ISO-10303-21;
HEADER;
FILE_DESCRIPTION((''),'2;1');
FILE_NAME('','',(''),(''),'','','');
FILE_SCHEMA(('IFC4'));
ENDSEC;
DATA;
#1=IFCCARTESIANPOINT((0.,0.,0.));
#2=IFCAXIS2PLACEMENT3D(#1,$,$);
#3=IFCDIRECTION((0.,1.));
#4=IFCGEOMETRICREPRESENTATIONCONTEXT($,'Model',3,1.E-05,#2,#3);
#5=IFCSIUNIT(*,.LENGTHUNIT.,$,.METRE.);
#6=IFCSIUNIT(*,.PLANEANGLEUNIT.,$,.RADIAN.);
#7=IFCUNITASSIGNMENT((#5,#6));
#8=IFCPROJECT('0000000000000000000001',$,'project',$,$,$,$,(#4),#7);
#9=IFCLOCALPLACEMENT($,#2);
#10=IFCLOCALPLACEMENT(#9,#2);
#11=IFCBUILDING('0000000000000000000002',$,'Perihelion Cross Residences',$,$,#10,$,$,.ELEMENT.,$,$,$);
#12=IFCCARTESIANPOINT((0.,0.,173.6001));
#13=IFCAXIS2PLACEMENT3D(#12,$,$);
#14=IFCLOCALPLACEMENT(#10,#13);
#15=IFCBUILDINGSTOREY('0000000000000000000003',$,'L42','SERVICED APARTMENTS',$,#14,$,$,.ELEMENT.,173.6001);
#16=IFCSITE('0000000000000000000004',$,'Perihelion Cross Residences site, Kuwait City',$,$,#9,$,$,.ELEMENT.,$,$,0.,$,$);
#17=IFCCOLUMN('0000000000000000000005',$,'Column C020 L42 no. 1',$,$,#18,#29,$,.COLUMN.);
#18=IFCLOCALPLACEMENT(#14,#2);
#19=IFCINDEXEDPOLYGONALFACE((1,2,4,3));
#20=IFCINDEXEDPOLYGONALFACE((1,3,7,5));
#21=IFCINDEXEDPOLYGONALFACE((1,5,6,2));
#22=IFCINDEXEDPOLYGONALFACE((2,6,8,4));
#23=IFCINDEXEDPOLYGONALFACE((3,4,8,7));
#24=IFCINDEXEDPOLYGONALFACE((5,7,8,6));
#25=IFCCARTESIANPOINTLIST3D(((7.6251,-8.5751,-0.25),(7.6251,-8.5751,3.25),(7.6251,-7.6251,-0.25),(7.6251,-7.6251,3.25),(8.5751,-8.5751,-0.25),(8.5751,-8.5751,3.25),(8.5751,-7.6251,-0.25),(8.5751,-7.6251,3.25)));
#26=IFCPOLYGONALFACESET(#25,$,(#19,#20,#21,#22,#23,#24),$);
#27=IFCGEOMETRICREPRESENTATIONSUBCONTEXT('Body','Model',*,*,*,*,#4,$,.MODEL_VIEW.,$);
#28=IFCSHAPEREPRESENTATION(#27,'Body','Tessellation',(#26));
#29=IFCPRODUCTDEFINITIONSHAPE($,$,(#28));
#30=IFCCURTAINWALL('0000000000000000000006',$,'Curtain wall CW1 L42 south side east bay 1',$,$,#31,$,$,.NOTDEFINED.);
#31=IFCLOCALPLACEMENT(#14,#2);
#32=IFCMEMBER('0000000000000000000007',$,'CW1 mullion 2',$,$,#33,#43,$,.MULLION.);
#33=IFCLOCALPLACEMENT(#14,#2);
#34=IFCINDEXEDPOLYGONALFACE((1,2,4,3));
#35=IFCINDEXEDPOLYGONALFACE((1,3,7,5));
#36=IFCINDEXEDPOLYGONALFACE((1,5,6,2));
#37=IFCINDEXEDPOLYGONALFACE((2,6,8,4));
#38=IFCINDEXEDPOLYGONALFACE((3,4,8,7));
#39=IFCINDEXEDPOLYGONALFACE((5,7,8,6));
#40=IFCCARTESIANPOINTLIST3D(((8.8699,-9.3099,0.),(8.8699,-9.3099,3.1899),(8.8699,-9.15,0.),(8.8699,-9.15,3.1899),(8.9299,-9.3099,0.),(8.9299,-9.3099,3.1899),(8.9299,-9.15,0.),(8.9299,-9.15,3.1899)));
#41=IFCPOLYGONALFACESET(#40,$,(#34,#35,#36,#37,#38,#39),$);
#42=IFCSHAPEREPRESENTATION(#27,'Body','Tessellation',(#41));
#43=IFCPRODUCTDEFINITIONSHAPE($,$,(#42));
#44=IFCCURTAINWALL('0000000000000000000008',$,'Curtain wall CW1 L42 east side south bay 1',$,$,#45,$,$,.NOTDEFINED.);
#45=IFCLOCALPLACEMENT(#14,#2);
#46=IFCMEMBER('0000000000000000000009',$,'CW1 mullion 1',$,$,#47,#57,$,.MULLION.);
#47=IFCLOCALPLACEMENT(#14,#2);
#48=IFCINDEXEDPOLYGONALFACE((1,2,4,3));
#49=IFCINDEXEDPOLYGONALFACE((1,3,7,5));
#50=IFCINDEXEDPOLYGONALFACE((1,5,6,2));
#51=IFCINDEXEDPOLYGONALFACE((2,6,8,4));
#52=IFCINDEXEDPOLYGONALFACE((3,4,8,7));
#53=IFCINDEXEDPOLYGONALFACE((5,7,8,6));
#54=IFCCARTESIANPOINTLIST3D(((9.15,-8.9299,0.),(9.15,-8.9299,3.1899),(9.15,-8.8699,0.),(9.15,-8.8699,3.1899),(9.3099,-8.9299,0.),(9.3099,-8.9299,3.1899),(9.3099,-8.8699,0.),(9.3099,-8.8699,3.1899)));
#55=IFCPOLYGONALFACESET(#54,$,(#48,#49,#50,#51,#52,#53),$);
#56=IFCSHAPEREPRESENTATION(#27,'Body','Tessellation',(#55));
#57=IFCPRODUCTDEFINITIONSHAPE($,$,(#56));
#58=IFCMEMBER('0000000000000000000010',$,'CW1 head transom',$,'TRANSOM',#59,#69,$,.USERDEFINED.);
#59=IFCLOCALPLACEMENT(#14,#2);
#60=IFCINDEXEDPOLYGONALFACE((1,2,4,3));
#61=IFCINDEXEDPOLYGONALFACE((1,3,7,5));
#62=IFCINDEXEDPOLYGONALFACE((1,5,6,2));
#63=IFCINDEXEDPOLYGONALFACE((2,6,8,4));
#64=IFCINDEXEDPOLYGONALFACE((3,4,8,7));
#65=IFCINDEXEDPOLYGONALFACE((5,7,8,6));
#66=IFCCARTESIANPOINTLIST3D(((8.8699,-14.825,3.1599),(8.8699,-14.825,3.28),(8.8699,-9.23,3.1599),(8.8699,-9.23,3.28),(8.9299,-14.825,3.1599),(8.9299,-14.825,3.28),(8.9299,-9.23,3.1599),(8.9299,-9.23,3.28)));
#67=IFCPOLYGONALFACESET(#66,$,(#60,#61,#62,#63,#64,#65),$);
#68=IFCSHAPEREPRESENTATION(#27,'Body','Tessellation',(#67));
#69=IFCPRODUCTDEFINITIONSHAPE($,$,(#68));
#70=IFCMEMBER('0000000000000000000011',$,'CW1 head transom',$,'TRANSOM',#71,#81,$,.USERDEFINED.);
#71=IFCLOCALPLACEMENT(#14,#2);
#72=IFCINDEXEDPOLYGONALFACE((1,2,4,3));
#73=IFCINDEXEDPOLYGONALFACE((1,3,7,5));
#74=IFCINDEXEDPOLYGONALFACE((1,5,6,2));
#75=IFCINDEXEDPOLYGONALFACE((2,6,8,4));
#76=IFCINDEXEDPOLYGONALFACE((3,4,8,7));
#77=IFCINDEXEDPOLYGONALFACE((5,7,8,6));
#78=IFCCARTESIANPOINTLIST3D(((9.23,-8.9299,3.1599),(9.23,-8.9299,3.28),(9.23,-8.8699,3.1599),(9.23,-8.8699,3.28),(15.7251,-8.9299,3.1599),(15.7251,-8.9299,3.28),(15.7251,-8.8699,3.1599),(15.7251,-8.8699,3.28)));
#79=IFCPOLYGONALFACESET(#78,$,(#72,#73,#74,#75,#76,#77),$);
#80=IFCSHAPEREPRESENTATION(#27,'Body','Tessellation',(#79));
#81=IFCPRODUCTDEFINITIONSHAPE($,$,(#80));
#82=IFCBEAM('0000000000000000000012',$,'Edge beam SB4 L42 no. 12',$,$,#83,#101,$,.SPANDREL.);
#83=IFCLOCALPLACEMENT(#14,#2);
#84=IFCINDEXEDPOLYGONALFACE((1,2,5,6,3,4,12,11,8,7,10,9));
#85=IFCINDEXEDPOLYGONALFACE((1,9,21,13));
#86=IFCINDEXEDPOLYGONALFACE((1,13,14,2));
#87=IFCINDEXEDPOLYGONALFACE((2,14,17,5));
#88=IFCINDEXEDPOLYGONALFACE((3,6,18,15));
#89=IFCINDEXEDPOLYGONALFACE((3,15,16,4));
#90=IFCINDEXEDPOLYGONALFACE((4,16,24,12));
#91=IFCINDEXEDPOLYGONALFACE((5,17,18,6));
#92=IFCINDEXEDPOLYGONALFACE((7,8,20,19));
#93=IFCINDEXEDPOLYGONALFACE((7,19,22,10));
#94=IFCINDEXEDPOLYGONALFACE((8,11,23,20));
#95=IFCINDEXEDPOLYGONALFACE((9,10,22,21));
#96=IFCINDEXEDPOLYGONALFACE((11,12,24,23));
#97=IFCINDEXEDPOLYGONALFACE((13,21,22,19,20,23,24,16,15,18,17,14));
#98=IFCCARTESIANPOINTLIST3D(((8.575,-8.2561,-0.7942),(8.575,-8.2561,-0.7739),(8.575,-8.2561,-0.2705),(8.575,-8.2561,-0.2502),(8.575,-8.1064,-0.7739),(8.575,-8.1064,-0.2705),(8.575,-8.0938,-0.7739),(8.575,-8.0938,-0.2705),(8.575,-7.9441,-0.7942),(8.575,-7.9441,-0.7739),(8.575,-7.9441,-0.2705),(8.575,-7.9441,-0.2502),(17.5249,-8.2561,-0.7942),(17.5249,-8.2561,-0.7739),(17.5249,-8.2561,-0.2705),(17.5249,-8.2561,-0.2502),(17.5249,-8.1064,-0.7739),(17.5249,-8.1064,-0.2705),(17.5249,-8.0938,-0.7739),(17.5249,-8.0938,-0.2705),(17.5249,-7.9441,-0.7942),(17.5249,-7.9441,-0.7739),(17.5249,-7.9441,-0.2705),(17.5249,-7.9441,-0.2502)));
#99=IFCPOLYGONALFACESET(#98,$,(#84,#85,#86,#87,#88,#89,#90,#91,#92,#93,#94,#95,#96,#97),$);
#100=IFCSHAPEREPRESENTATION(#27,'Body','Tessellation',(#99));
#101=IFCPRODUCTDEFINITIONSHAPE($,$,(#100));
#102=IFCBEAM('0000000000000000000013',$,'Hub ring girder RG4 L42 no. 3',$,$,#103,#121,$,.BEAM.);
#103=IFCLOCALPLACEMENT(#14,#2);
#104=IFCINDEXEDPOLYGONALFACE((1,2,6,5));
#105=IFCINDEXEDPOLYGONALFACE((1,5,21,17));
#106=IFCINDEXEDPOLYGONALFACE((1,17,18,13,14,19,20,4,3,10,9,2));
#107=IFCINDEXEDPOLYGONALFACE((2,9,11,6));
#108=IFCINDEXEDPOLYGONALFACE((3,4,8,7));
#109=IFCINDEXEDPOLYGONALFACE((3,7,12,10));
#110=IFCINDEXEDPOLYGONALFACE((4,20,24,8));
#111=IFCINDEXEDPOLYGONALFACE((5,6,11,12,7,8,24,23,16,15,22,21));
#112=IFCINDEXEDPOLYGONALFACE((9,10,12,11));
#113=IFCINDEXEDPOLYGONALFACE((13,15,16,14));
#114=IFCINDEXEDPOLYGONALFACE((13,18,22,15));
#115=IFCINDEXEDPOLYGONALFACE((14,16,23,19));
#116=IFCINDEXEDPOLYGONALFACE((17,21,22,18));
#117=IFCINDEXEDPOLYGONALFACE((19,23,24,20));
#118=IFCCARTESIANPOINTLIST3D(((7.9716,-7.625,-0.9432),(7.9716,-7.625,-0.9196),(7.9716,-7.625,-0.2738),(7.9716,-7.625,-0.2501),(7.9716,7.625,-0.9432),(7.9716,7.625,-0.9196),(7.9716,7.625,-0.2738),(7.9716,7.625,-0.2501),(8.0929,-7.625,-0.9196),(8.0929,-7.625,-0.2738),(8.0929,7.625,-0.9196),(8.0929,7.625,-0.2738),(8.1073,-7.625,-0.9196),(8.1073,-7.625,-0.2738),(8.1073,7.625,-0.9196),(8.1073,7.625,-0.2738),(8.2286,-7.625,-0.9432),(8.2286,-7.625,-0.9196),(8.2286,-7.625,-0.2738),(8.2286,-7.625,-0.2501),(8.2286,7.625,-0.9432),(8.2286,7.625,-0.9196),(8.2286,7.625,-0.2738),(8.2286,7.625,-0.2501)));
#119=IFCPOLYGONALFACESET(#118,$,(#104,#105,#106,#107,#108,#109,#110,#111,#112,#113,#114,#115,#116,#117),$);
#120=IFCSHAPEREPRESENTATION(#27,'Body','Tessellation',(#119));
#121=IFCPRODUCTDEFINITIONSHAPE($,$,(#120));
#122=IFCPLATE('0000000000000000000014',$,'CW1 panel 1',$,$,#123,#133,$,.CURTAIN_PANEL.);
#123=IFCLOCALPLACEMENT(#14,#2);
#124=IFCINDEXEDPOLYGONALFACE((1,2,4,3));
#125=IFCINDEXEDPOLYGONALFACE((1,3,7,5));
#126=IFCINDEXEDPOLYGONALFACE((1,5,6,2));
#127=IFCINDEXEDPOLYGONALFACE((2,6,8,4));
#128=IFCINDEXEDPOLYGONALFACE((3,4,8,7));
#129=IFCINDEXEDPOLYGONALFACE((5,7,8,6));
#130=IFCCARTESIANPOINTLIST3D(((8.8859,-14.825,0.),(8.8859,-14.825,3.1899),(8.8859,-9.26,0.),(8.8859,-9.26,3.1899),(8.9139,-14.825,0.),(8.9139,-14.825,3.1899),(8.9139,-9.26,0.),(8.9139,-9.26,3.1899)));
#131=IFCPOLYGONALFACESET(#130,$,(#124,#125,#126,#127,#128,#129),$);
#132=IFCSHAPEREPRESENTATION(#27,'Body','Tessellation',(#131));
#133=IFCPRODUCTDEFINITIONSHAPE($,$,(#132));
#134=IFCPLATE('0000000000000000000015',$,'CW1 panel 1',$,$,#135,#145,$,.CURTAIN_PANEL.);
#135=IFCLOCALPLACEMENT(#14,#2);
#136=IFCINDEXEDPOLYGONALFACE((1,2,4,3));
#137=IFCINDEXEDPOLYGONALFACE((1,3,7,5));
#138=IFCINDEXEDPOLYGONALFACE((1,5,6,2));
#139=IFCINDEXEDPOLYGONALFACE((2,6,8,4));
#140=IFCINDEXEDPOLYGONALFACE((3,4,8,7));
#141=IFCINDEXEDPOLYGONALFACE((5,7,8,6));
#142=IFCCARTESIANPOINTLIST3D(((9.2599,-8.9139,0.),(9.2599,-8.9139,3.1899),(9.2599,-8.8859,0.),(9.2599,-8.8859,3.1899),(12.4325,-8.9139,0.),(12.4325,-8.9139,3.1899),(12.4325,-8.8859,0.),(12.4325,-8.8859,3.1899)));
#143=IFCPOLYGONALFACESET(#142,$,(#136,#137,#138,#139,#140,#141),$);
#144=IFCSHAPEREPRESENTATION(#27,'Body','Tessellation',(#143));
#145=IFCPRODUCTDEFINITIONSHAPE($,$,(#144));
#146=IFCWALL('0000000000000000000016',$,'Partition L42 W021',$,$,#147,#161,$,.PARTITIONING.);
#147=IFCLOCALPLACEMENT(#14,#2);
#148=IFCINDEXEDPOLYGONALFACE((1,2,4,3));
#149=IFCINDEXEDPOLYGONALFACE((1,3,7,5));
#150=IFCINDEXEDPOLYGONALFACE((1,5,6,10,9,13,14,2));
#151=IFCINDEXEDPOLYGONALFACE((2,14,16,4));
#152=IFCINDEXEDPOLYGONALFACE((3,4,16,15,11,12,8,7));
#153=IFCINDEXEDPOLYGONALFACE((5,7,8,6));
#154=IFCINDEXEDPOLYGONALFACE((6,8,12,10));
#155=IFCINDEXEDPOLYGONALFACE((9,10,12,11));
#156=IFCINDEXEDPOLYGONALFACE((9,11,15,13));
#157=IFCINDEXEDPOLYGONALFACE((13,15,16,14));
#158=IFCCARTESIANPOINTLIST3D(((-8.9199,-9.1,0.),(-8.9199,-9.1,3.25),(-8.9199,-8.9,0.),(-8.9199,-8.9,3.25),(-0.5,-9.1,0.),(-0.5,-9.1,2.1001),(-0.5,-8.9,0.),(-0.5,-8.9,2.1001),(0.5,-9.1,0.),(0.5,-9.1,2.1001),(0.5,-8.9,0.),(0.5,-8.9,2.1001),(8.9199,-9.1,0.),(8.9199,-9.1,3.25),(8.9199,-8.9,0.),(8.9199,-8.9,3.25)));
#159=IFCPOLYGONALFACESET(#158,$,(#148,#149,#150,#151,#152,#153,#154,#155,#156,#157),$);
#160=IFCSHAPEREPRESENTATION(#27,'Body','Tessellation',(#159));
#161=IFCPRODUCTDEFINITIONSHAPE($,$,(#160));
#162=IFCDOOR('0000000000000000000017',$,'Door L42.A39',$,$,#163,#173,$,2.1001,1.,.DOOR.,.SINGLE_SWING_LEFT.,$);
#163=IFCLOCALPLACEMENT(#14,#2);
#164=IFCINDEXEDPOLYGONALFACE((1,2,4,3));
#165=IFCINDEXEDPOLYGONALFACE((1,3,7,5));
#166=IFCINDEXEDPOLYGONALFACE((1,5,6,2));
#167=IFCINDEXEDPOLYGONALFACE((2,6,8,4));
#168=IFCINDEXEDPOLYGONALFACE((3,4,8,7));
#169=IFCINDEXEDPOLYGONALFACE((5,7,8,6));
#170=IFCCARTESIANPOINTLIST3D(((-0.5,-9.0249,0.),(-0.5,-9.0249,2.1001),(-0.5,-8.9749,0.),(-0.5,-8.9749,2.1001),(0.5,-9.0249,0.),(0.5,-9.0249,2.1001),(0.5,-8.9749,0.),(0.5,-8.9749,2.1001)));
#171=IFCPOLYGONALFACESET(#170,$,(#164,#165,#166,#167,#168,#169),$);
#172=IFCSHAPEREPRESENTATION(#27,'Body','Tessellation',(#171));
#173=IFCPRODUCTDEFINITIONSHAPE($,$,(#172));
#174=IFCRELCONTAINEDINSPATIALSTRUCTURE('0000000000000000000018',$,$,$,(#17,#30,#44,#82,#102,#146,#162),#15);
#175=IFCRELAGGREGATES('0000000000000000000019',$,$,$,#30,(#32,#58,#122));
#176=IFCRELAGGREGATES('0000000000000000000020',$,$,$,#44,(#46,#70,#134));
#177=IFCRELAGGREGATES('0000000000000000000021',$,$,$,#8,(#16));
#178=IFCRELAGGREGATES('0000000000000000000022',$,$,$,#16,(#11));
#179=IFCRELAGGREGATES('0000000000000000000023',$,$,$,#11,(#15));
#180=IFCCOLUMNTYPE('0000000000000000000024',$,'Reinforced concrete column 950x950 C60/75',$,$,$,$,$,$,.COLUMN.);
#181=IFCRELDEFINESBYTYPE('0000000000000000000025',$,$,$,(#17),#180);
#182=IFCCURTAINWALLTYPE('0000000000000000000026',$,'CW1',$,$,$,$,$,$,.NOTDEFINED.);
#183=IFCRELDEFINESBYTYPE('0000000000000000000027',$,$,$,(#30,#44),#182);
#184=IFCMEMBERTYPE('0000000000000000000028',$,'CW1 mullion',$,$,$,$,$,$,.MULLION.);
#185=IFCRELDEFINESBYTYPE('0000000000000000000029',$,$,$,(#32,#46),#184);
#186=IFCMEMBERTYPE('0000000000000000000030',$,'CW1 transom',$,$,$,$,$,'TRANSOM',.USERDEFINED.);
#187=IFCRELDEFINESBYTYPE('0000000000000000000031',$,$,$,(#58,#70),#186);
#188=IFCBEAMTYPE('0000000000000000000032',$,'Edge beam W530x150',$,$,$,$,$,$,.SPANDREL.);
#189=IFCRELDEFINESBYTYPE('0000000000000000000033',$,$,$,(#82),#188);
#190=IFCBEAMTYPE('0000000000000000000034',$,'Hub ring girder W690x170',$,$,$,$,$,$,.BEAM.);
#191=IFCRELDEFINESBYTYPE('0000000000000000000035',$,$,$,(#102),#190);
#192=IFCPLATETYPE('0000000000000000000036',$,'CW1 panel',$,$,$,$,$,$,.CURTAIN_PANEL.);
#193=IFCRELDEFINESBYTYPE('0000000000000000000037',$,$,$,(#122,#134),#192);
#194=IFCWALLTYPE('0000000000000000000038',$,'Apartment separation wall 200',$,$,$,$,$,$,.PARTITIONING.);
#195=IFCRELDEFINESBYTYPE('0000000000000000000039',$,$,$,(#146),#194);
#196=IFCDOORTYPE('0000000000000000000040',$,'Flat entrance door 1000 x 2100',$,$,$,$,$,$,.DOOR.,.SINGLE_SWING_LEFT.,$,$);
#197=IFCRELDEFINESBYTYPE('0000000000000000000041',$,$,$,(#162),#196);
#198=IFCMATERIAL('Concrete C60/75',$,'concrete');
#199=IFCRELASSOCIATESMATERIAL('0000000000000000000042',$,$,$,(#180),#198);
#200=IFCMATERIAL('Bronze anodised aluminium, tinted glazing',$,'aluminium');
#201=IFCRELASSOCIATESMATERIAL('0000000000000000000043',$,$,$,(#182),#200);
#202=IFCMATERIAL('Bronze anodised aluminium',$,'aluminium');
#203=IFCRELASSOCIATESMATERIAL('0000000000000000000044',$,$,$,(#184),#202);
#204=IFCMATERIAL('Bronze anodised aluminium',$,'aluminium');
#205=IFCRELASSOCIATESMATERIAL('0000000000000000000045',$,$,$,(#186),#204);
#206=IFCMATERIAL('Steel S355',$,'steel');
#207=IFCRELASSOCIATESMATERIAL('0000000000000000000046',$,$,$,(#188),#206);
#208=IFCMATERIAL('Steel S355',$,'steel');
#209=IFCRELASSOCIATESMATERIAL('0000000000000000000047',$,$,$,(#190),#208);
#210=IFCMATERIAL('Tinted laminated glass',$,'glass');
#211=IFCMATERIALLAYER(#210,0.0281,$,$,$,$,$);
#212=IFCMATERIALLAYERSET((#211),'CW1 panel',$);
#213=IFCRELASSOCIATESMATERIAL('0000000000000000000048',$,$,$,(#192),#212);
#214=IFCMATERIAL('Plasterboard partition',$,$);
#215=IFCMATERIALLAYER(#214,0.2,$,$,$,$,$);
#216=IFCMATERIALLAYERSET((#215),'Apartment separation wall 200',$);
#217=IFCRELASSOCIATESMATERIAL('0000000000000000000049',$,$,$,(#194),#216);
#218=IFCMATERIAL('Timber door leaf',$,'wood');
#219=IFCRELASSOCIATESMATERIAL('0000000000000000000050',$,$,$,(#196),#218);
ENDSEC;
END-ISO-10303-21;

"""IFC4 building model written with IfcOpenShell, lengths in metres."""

from ifc_helpers import new_model, si_unit, direction, frame, frame_2d, origin, origin_2d, place, context, subcontext, project, spatial, rectangle, i_section, extrude, material, layer, layer_set, material_profile, profile_set, type_object, element, fill, aggregate, save


model = new_model("IFC4")

# Units and contexts
model_context = context("Model", 3, precision=1e-05, world=origin(), true_north=direction((0.0, 1.0)))
body_context = subcontext(model_context, "Body", "Model", "MODEL_VIEW")
ifc_project = project(units=[si_unit("LENGTHUNIT", "METRE"), si_unit("PLANEANGLEUNIT", "RADIAN")], contexts=[model_context])

# Site, building, storey
site_placement = place(None, origin())
site = spatial("IfcSite", under=ifc_project, at=site_placement, Name="Perihelion Cross Residences site, Kuwait City", CompositionType="ELEMENT", RefElevation=0.0)
building_placement = place(site_placement, origin())
building = spatial("IfcBuilding", under=site, at=building_placement, Name="Perihelion Cross Residences", CompositionType="ELEMENT")
storey_placement = place(building_placement, frame((0.0, 0.0, 173.6001)))
storey = spatial("IfcBuildingStorey", under=building, at=storey_placement, Name="L42", Description="SERVICED APARTMENTS", CompositionType="ELEMENT", Elevation=173.6001)

# Column
ifc_material_1 = material(Name="Concrete C60/75", Category="concrete")
ifc_material_profile_1 = material_profile(ifc_material_1, rectangle(XDim=0.95, YDim=0.95, at=origin_2d()), Name="RC 950x950")
ifc_profile_set_1 = profile_set([ifc_material_profile_1], Name="Concrete C60/75")
column_type = type_object("IfcColumnType", Name="Reinforced concrete column 950x950 C60/75", PredefinedType="COLUMN", material=ifc_profile_set_1)
column_placement = place(storey_placement, frame((8.1001, -8.1001, -0.25), z_axis=(0.0, 0.0, 1.0), x_axis=(1.0, 0.0, 0.0)))
element("IfcColumn", 1, at=column_placement, inside=storey, type_object=column_type, Name="Column C020 L42 no. 1", PredefinedType="COLUMN", context=body_context, shape_type="SweptSolid", body=[
    extrude(rectangle(XDim=0.95, YDim=0.95, at=origin_2d()), origin(), (0.0, 0.0, 1.0), 3.5),
])

# Curtain walls, members
ifc_material_2 = material(Name="Bronze anodised aluminium, tinted glazing", Category="aluminium")
curtain_wall_type = type_object("IfcCurtainWallType", Name="CW1", PredefinedType="NOTDEFINED", material=ifc_material_2)
curtain_wall_1_placement = place(storey_placement, origin())
curtain_wall_1 = element("IfcCurtainWall", 2, at=curtain_wall_1_placement, inside=storey, type_object=curtain_wall_type, Name="Curtain wall CW1 L42 south side east bay 1", PredefinedType="NOTDEFINED")
ifc_material_3 = material(Name="Bronze anodised aluminium", Category="aluminium")
ifc_material_profile_2 = material_profile(ifc_material_3, rectangle(XDim=0.0601, YDim=0.1599, at=origin_2d()), Name="CW1 mullion")
ifc_profile_set_2 = profile_set([ifc_material_profile_2], Name="Bronze anodised aluminium")
member_type_1 = type_object("IfcMemberType", Name="CW1 mullion", PredefinedType="MULLION", material=ifc_profile_set_2)
member_1_placement = place(storey_placement, frame((8.8999, -9.23, 0.0), z_axis=(0.0, 0.0, 1.0), x_axis=(-1.0, 0.0, 0.0)))
member_1 = element("IfcMember", 3, at=member_1_placement, type_object=member_type_1, Name="CW1 mullion 2", PredefinedType="MULLION", context=body_context, shape_type="SweptSolid", body=[
    extrude(rectangle(XDim=0.0601, YDim=0.1599, at=origin_2d()), origin(), (0.0, 0.0, 1.0), 3.1899),
])
curtain_wall_2_placement = place(storey_placement, origin())
curtain_wall_2 = element("IfcCurtainWall", 4, at=curtain_wall_2_placement, inside=storey, type_object=curtain_wall_type, Name="Curtain wall CW1 L42 east side south bay 1", PredefinedType="NOTDEFINED")
member_2_placement = place(storey_placement, frame((9.23, -8.8999, 0.0), z_axis=(0.0, 0.0, 1.0), x_axis=(0.0, 1.0, 0.0)))
member_2 = element("IfcMember", 5, at=member_2_placement, type_object=member_type_1, Name="CW1 mullion 1", PredefinedType="MULLION", context=body_context, shape_type="SweptSolid", body=[
    extrude(rectangle(XDim=0.0601, YDim=0.1599, at=origin_2d()), origin(), (0.0, 0.0, 1.0), 3.1899),
])

# Members
ifc_material_4 = material(Name="Bronze anodised aluminium", Category="aluminium")
ifc_material_profile_3 = material_profile(ifc_material_4, rectangle(XDim=0.0601, YDim=0.1201, at=origin_2d()), Name="CW1 transom")
ifc_profile_set_3 = profile_set([ifc_material_profile_3], Name="Bronze anodised aluminium")
member_type_2 = type_object("IfcMemberType", Name="CW1 transom", ElementType="TRANSOM", PredefinedType="USERDEFINED", material=ifc_profile_set_3)
member_3_placement = place(storey_placement, frame((8.8999, -14.825, 3.22), z_axis=(0.0, 1.0, 0.0), x_axis=(-1.0, 0.0, 0.0)))
member_3 = element("IfcMember", 6, at=member_3_placement, type_object=member_type_2, Name="CW1 head transom", ObjectType="TRANSOM", PredefinedType="USERDEFINED", context=body_context, shape_type="SweptSolid", body=[
    extrude(rectangle(XDim=0.0601, YDim=0.1201, at=origin_2d()), origin(), (0.0, 0.0, 1.0), 5.595),
])
member_4_placement = place(storey_placement, frame((9.23, -8.8999, 3.22), z_axis=(1.0, 0.0, 0.0), x_axis=(0.0, 1.0, 0.0)))
member_4 = element("IfcMember", 7, at=member_4_placement, type_object=member_type_2, Name="CW1 head transom", ObjectType="TRANSOM", PredefinedType="USERDEFINED", context=body_context, shape_type="SweptSolid", body=[
    extrude(rectangle(XDim=0.0601, YDim=0.1201, at=origin_2d()), origin(), (0.0, 0.0, 1.0), 6.4951),
])

# Beams
ifc_material_5 = material(Name="Steel S355", Category="steel")
ifc_material_profile_4 = material_profile(ifc_material_5, i_section(OverallWidth=0.312, OverallDepth=0.5439, WebThickness=0.0127, FlangeThickness=0.0203, at=origin_2d()), Name="W530x150")
ifc_profile_set_4 = profile_set([ifc_material_profile_4], Name="Steel S355")
beam_type_1 = type_object("IfcBeamType", Name="Edge beam W530x150", PredefinedType="SPANDREL", material=ifc_profile_set_4)
beam_1_placement = place(storey_placement, frame((8.575, -8.1001, -0.5222), z_axis=(1.0, 0.0, 0.0), x_axis=(0.0, 1.0, 0.0)))
element("IfcBeam", 8, at=beam_1_placement, inside=storey, type_object=beam_type_1, Name="Edge beam SB4 L42 no. 12", PredefinedType="SPANDREL", context=body_context, shape_type="SweptSolid", body=[
    extrude(i_section(OverallWidth=0.312, OverallDepth=0.5439, WebThickness=0.0127, FlangeThickness=0.0203, at=origin_2d()), origin(), (0.0, 0.0, 1.0), 8.95),
])
ifc_material_6 = material(Name="Steel S355", Category="steel")
ifc_material_profile_5 = material_profile(ifc_material_6, i_section(OverallWidth=0.2571, OverallDepth=0.6931, WebThickness=0.0144, FlangeThickness=0.0237, at=origin_2d()), Name="W690x170")
ifc_profile_set_5 = profile_set([ifc_material_profile_5], Name="Steel S355")
beam_type_2 = type_object("IfcBeamType", Name="Hub ring girder W690x170", PredefinedType="BEAM", material=ifc_profile_set_5)
beam_2_placement = place(storey_placement, frame((8.1001, -7.625, -0.5967), z_axis=(0.0, 1.0, 0.0), x_axis=(-1.0, 0.0, 0.0)))
element("IfcBeam", 9, at=beam_2_placement, inside=storey, type_object=beam_type_2, Name="Hub ring girder RG4 L42 no. 3", PredefinedType="BEAM", context=body_context, shape_type="SweptSolid", body=[
    extrude(i_section(OverallWidth=0.2571, OverallDepth=0.6931, WebThickness=0.0144, FlangeThickness=0.0237, at=origin_2d()), origin(), (0.0, 0.0, 1.0), 15.25),
])

# Plates
ifc_material_7 = material(Name="Tinted laminated glass", Category="glass")
ifc_layer_1 = layer(ifc_material_7, 0.0281)
ifc_layer_set_1 = layer_set([ifc_layer_1], Name="CW1 panel")
plate_type = type_object("IfcPlateType", Name="CW1 panel", PredefinedType="CURTAIN_PANEL", material=ifc_layer_set_1)
plate_1_placement = place(storey_placement, frame((8.8999, -12.0425, 0.0), z_axis=(0.0, 0.0, 1.0), x_axis=(0.0, 1.0, 0.0)))
plate_1 = element("IfcPlate", 10, at=plate_1_placement, type_object=plate_type, Name="CW1 panel 1", PredefinedType="CURTAIN_PANEL", context=body_context, shape_type="SweptSolid", body=[
    extrude(rectangle(XDim=5.5649, YDim=0.0281, at=origin_2d()), origin(), (0.0, 0.0, 1.0), 3.1899),
])
aggregate(curtain_wall_1, [member_1, member_3, plate_1])
plate_2_placement = place(storey_placement, frame((10.8462, -8.8999, 0.0), z_axis=(0.0, 0.0, 1.0), x_axis=(1.0, 0.0, 0.0)))
plate_2 = element("IfcPlate", 11, at=plate_2_placement, type_object=plate_type, Name="CW1 panel 1", PredefinedType="CURTAIN_PANEL", context=body_context, shape_type="SweptSolid", body=[
    extrude(rectangle(XDim=3.1726, YDim=0.0281, at=origin_2d()), origin(), (0.0, 0.0, 1.0), 3.1899),
])
aggregate(curtain_wall_2, [member_2, member_4, plate_2])

# Wall, opening, door
ifc_material_8 = material(Name="Plasterboard partition")
ifc_layer_2 = layer(ifc_material_8, 0.2)
ifc_layer_set_2 = layer_set([ifc_layer_2], Name="Apartment separation wall 200")
wall_type_1 = type_object("IfcWallType", Name="Apartment separation wall 200", PredefinedType="PARTITIONING", material=ifc_layer_set_2)
wall_1_placement = place(storey_placement, frame((8.9199, -9.0, 0.0), z_axis=(0.0, 0.0, 1.0), x_axis=(-1.0, 0.0, 0.0)))
wall_1 = element("IfcWall", 12, at=wall_1_placement, inside=storey, type_object=wall_type_1, Name="Partition L42 W021", PredefinedType="PARTITIONING", context=body_context, shape_type="SweptSolid", body=[
    extrude(rectangle(XDim=17.8398, YDim=0.2, at=frame_2d((8.9199, 0.0))), origin(), (0.0, 0.0, 1.0), 3.25),
])
opening_1_placement = place(wall_1_placement, frame((8.4199, 0.0, 0.0)))
opening_1 = element("IfcOpeningElement", 13, at=opening_1_placement, cuts=wall_1, PredefinedType="OPENING", context=body_context, shape_type="SweptSolid", body=[
    extrude(rectangle(XDim=1.0, YDim=2.1001, at=frame_2d((0.5, 1.05))), frame((0.0, 0.1099, 0.0), z_axis=(0.0, -1.0, 0.0), x_axis=(1.0, 0.0, 0.0)), (0.0, 0.0, 1.0), 0.22),
])
ifc_material_9 = material(Name="Timber door leaf", Category="wood")
door_type_1 = type_object("IfcDoorType", Name="Flat entrance door 1000 x 2100", OperationType="SINGLE_SWING_LEFT", PredefinedType="DOOR", material=ifc_material_9)
door_1_placement = place(opening_1_placement, origin())
door_1 = element("IfcDoor", 14, at=door_1_placement, inside=storey, type_object=door_type_1, Name="Door L42.A39", OperationType="SINGLE_SWING_LEFT", OverallHeight=2.1001, OverallWidth=1.0, PredefinedType="DOOR", context=body_context, shape_type="SweptSolid", body=[
    extrude(rectangle(XDim=1.0, YDim=2.1001, at=frame_2d((0.5, 1.05))), frame((0.0, 0.0249, 0.0), z_axis=(0.0, -1.0, 0.0), x_axis=(1.0, 0.0, 0.0)), (0.0, 0.0, 1.0), 0.05),
])
fill(opening_1, door_1)

save(model, "model.ifc")
